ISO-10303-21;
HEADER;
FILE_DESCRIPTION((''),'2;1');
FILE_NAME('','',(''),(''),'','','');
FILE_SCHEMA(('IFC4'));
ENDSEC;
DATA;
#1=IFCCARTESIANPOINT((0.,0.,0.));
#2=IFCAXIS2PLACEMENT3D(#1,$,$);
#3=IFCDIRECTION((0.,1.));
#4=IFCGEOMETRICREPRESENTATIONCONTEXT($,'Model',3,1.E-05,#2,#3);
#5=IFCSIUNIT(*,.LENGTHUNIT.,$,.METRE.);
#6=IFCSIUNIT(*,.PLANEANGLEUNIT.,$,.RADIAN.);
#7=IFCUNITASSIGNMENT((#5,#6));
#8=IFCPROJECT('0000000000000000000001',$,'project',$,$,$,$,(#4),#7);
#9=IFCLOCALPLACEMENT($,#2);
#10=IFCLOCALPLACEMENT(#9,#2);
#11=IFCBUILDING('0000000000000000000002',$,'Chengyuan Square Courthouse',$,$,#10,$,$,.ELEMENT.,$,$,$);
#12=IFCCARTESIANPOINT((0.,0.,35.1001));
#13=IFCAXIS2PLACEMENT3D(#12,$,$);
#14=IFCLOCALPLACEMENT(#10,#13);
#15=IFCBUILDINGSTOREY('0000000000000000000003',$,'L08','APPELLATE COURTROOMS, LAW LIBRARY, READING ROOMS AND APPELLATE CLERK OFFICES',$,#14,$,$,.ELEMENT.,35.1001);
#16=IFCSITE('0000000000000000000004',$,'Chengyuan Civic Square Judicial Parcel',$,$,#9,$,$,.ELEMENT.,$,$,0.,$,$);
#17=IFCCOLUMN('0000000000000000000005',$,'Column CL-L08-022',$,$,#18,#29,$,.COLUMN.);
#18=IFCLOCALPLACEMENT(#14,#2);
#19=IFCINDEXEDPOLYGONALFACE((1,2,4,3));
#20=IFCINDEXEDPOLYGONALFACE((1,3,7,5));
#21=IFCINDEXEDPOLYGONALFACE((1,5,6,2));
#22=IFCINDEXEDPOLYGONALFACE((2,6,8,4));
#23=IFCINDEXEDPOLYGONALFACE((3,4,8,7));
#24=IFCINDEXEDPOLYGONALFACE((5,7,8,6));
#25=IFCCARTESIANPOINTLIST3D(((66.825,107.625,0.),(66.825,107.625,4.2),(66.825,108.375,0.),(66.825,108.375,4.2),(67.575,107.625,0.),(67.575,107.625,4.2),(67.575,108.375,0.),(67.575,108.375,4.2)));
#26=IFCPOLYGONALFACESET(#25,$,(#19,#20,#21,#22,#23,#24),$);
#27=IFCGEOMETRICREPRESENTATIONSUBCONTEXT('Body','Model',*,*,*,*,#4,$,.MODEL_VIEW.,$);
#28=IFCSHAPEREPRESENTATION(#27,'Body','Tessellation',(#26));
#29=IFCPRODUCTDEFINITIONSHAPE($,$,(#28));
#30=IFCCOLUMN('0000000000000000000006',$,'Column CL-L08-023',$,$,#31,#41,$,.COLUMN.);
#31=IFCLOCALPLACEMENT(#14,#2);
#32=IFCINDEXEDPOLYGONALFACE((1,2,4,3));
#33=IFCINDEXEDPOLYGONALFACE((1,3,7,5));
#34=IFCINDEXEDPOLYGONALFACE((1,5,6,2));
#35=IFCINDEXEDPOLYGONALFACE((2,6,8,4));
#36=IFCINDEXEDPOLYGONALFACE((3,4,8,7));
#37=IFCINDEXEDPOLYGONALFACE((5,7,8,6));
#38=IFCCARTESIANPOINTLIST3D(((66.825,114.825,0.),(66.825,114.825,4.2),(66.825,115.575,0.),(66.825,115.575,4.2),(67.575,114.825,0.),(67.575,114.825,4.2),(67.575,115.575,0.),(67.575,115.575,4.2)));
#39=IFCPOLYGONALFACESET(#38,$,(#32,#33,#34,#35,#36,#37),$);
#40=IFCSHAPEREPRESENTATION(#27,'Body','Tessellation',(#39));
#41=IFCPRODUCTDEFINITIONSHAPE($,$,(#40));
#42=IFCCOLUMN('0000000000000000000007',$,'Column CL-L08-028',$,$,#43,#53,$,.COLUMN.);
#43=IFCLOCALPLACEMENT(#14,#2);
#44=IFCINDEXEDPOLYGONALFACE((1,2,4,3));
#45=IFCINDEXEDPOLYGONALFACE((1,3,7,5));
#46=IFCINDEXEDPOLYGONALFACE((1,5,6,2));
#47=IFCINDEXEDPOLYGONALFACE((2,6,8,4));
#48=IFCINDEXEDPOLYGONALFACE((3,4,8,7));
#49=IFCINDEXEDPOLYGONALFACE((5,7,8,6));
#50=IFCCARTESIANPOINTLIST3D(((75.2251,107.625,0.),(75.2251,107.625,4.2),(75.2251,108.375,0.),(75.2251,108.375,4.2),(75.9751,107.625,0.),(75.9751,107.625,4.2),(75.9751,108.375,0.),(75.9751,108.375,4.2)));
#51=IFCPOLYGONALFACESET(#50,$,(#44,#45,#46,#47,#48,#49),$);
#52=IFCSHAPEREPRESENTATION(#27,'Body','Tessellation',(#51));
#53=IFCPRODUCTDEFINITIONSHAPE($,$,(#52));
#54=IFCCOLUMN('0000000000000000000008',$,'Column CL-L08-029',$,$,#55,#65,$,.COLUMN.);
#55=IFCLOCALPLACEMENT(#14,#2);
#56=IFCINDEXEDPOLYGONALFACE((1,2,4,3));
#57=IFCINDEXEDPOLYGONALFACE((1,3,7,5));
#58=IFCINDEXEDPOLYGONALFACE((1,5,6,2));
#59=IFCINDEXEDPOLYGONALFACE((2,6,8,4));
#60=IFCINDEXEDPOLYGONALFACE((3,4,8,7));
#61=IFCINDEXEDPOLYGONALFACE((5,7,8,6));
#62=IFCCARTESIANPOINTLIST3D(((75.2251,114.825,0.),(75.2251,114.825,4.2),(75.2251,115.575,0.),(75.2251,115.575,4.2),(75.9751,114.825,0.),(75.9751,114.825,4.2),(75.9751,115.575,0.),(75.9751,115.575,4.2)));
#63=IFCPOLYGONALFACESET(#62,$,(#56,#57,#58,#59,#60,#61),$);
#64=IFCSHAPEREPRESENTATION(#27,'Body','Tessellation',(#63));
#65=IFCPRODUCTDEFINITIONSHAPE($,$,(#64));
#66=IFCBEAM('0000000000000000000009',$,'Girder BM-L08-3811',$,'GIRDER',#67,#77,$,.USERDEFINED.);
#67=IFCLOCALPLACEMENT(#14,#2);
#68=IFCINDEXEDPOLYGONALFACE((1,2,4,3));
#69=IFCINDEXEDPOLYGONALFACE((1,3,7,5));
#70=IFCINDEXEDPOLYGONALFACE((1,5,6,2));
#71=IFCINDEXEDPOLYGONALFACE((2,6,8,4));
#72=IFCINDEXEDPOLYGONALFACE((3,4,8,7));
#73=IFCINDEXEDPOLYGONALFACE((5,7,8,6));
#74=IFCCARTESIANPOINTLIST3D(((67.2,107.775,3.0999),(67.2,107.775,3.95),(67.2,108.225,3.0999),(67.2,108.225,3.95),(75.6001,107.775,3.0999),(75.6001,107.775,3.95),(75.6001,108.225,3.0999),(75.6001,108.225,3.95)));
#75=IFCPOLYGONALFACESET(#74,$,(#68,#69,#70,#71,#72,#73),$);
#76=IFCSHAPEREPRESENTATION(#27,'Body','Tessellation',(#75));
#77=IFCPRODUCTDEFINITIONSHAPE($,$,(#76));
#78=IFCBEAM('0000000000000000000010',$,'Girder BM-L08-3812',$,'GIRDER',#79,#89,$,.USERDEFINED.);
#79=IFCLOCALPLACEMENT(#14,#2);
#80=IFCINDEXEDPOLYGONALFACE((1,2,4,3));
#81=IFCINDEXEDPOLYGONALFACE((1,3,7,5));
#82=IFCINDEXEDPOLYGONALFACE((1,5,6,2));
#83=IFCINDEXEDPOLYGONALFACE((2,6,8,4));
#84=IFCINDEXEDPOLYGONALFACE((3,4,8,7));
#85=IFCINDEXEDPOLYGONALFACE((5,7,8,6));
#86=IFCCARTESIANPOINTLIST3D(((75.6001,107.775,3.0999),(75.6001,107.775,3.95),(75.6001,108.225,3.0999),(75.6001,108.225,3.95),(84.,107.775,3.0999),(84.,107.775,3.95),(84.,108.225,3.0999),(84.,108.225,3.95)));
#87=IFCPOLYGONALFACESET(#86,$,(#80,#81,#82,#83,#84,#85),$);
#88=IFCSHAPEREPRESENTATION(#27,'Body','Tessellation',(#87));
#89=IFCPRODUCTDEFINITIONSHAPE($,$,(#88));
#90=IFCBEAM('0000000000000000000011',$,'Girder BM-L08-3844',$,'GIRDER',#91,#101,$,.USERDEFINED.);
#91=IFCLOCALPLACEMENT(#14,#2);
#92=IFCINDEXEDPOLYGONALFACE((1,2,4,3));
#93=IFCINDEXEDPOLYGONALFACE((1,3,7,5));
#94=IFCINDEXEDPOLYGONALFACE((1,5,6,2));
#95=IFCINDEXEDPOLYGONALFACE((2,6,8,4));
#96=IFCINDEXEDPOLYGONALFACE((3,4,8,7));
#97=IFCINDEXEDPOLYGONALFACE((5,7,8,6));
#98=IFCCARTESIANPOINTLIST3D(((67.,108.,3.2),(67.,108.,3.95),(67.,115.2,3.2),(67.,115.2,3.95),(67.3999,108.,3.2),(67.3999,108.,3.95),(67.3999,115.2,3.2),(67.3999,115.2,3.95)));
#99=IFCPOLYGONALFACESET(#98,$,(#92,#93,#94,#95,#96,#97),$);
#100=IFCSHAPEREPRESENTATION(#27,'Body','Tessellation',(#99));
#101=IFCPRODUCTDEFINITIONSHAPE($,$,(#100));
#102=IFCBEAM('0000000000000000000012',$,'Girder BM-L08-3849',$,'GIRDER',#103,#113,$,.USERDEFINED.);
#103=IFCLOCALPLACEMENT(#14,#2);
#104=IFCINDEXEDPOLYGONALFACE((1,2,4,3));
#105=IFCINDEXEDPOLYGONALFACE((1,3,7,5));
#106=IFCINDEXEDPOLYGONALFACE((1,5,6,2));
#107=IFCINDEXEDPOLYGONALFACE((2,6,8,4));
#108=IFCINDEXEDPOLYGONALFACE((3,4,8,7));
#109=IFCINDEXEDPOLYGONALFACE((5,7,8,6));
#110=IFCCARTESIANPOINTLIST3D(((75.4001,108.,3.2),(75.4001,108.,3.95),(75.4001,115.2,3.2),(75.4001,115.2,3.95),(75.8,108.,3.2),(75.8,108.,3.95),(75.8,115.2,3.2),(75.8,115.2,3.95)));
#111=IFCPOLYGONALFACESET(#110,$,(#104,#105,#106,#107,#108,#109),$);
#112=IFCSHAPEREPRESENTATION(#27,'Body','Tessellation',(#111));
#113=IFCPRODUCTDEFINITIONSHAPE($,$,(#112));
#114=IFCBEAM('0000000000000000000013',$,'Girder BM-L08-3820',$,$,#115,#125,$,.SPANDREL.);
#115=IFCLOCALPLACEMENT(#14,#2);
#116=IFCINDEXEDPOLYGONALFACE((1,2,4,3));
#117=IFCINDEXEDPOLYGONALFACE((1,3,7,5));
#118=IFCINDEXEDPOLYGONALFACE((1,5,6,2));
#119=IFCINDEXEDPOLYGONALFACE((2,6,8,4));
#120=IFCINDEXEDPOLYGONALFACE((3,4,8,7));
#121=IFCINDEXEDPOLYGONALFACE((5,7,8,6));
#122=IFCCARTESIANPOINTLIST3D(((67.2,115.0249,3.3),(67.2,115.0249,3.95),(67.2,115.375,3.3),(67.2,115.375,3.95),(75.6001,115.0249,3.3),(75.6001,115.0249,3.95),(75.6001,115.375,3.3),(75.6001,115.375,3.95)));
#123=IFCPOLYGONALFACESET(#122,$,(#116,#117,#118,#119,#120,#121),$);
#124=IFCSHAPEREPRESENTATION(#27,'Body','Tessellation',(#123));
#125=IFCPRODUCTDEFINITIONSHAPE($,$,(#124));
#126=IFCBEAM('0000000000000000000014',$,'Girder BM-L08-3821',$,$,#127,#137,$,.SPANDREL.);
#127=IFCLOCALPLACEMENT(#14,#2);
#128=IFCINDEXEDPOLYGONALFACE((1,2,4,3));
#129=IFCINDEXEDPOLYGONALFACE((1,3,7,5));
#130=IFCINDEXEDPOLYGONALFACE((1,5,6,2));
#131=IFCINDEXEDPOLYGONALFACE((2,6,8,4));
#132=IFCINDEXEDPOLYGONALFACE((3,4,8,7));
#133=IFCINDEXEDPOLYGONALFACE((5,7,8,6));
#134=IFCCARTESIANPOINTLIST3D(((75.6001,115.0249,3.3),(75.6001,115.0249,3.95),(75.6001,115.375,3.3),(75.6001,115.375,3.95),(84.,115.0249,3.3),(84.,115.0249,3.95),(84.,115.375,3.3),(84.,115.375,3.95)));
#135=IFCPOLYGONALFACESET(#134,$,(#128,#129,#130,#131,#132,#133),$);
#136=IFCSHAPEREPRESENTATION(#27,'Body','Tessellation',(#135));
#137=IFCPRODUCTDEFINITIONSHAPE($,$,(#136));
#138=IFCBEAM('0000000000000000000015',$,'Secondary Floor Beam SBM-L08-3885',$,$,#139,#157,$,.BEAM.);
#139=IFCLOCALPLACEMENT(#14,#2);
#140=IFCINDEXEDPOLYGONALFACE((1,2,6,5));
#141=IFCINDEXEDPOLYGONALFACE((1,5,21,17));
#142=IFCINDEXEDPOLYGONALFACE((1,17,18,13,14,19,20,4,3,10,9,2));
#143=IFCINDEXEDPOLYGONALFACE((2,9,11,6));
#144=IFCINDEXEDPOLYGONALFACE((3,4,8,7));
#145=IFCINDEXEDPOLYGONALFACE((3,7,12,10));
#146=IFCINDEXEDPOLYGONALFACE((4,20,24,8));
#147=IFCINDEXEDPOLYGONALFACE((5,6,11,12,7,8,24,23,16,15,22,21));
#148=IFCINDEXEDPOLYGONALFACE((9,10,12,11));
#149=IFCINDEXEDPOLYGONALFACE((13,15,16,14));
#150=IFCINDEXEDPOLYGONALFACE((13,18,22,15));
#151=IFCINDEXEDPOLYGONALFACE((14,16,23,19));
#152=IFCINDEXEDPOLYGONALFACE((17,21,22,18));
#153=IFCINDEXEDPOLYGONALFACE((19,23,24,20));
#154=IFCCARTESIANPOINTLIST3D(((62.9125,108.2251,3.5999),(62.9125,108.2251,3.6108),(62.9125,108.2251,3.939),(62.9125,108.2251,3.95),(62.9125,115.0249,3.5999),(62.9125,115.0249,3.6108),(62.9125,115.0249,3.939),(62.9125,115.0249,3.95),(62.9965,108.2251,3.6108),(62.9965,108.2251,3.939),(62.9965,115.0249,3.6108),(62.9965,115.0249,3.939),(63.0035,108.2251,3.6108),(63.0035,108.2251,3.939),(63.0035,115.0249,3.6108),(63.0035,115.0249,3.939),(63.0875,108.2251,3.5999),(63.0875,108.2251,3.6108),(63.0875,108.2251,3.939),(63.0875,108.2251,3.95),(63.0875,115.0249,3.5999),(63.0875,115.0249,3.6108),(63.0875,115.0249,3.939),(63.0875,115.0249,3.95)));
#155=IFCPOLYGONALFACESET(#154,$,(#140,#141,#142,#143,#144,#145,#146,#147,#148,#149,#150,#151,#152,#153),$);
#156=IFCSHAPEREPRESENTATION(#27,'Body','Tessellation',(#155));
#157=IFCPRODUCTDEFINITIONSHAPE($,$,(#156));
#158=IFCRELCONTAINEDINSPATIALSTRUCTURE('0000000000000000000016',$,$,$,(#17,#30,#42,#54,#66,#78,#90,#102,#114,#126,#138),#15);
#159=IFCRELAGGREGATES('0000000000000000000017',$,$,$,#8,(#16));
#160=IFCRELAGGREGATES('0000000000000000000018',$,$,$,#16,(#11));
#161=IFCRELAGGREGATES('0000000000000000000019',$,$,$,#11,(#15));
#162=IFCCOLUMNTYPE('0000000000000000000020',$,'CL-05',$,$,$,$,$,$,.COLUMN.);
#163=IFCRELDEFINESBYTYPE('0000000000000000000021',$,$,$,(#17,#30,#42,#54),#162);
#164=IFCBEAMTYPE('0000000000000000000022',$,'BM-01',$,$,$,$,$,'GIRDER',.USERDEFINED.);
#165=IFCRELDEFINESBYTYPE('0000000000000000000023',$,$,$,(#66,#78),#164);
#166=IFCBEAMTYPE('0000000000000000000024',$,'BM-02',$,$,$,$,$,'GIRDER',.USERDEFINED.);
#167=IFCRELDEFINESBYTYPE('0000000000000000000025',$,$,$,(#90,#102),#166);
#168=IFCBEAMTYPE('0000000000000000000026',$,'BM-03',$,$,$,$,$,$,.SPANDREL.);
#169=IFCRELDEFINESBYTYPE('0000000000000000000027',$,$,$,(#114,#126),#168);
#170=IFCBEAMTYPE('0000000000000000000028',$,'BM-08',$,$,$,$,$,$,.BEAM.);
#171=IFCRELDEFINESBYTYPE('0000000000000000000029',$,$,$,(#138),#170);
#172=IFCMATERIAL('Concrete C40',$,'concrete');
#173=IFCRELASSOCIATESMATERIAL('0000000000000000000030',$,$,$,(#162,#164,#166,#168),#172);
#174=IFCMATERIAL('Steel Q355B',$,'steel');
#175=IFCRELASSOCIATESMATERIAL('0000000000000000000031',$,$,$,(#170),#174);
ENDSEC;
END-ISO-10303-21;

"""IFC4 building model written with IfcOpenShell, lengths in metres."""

from ifc_helpers import new_model, si_unit, direction, frame, origin, origin_2d, place, context, subcontext, project, spatial, rectangle, i_section, extrude, material, material_profile, profile_set, type_object, element, save


model = new_model("IFC4")

# Units and contexts
model_context = context("Model", 3, precision=1e-05, world=origin(), true_north=direction((0.0, 1.0)))
body_context = subcontext(model_context, "Body", "Model", "MODEL_VIEW")
ifc_project = project(units=[si_unit("LENGTHUNIT", "METRE"), si_unit("PLANEANGLEUNIT", "RADIAN")], contexts=[model_context])

# Site, building, storey
site_placement = place(None, origin())
site = spatial("IfcSite", under=ifc_project, at=site_placement, Name="Chengyuan Civic Square Judicial Parcel", CompositionType="ELEMENT", RefElevation=0.0)
building_placement = place(site_placement, origin())
building = spatial("IfcBuilding", under=site, at=building_placement, Name="Chengyuan Square Courthouse", CompositionType="ELEMENT")
storey_placement = place(building_placement, frame((0.0, 0.0, 35.1001)))
storey = spatial("IfcBuildingStorey", under=building, at=storey_placement, Name="L08", Description="APPELLATE COURTROOMS, LAW LIBRARY, READING ROOMS AND APPELLATE CLERK OFFICES", CompositionType="ELEMENT", Elevation=35.1001)

# Columns
ifc_material_1 = material(Name="Concrete C40", Category="concrete")
ifc_material_profile_1 = material_profile(ifc_material_1, rectangle(XDim=0.75, YDim=0.75, at=origin_2d()), Name="RC-COL-750x750")
ifc_profile_set_1 = profile_set([ifc_material_profile_1], Name="Concrete C40")
column_type = type_object("IfcColumnType", Name="CL-05", PredefinedType="COLUMN", material=ifc_profile_set_1)
for number, where, z_axis, x_axis, name in (
    (1, (67.2, 108.0, 0.0), (0.0, 0.0, 1.0), (1.0, 0.0, 0.0), "Column CL-L08-022"),
    (2, (67.2, 115.2, 0.0), (0.0, 0.0, 1.0), (1.0, 0.0, 0.0), "Column CL-L08-023"),
    (3, (75.6001, 108.0, 0.0), (0.0, 0.0, 1.0), (1.0, 0.0, 0.0), "Column CL-L08-028"),
    (4, (75.6001, 115.2, 0.0), (0.0, 0.0, 1.0), (1.0, 0.0, 0.0), "Column CL-L08-029"),
):
    element("IfcColumn", number, at=place(storey_placement, frame(where, z_axis=z_axis, x_axis=x_axis)), inside=storey, type_object=column_type, Name=name, PredefinedType="COLUMN", context=body_context, shape_type="SweptSolid", body=[
        extrude(rectangle(XDim=0.75, YDim=0.75, at=origin_2d()), origin(), (0.0, 0.0, 1.0), 4.2),
    ])

# Beams
ifc_material_profile_2 = material_profile(ifc_material_1, rectangle(XDim=0.45, YDim=0.8501, at=origin_2d()), Name="RC-BM-450x850")
ifc_profile_set_2 = profile_set([ifc_material_profile_2], Name="Concrete C40")
beam_type_1 = type_object("IfcBeamType", Name="BM-01", ElementType="GIRDER", PredefinedType="USERDEFINED", material=ifc_profile_set_2)
beam_1_placement = place(storey_placement, frame((67.2, 108.0, 3.5249), z_axis=(1.0, 0.0, 0.0), x_axis=(0.0, 1.0, 0.0)))
element("IfcBeam", 5, at=beam_1_placement, inside=storey, type_object=beam_type_1, Name="Girder BM-L08-3811", ObjectType="GIRDER", PredefinedType="USERDEFINED", context=body_context, shape_type="SweptSolid", body=[
    extrude(rectangle(XDim=0.45, YDim=0.8501, at=origin_2d()), origin(), (0.0, 0.0, 1.0), 8.4001),
])
beam_2_placement = place(storey_placement, frame((75.6001, 108.0, 3.5249), z_axis=(1.0, 0.0, 0.0), x_axis=(0.0, 1.0, 0.0)))
element("IfcBeam", 6, at=beam_2_placement, inside=storey, type_object=beam_type_1, Name="Girder BM-L08-3812", ObjectType="GIRDER", PredefinedType="USERDEFINED", context=body_context, shape_type="SweptSolid", body=[
    extrude(rectangle(XDim=0.45, YDim=0.8501, at=origin_2d()), origin(), (0.0, 0.0, 1.0), 8.3999),
])
ifc_material_profile_3 = material_profile(ifc_material_1, rectangle(XDim=0.3999, YDim=0.75, at=origin_2d()), Name="RC-BM-400x750")
ifc_profile_set_3 = profile_set([ifc_material_profile_3], Name="Concrete C40")
beam_type_2 = type_object("IfcBeamType", Name="BM-02", ElementType="GIRDER", PredefinedType="USERDEFINED", material=ifc_profile_set_3)
for number, where, z_axis, x_axis, name in (
    (7, (67.2, 108.0, 3.575), (0.0, 1.0, 0.0), (-1.0, 0.0, 0.0), "Girder BM-L08-3844"),
    (8, (75.6001, 108.0, 3.575), (0.0, 1.0, 0.0), (-1.0, 0.0, 0.0), "Girder BM-L08-3849"),
):
    element("IfcBeam", number, at=place(storey_placement, frame(where, z_axis=z_axis, x_axis=x_axis)), inside=storey, type_object=beam_type_2, Name=name, ObjectType="GIRDER", PredefinedType="USERDEFINED", context=body_context, shape_type="SweptSolid", body=[
        extrude(rectangle(XDim=0.3999, YDim=0.75, at=origin_2d()), origin(), (0.0, 0.0, 1.0), 7.2),
    ])
ifc_material_profile_4 = material_profile(ifc_material_1, rectangle(XDim=0.3501, YDim=0.6499, at=origin_2d()), Name="RC-BM-350x650")
ifc_profile_set_4 = profile_set([ifc_material_profile_4], Name="Concrete C40")
beam_type_3 = type_object("IfcBeamType", Name="BM-03", PredefinedType="SPANDREL", material=ifc_profile_set_4)
beam_3_placement = place(storey_placement, frame((67.2, 115.2, 3.625), z_axis=(1.0, 0.0, 0.0), x_axis=(0.0, 1.0, 0.0)))
element("IfcBeam", 9, at=beam_3_placement, inside=storey, type_object=beam_type_3, Name="Girder BM-L08-3820", PredefinedType="SPANDREL", context=body_context, shape_type="SweptSolid", body=[
    extrude(rectangle(XDim=0.3501, YDim=0.6499, at=origin_2d()), origin(), (0.0, 0.0, 1.0), 8.4001),
])
beam_4_placement = place(storey_placement, frame((75.6001, 115.2, 3.625), z_axis=(1.0, 0.0, 0.0), x_axis=(0.0, 1.0, 0.0)))
element("IfcBeam", 10, at=beam_4_placement, inside=storey, type_object=beam_type_3, Name="Girder BM-L08-3821", PredefinedType="SPANDREL", context=body_context, shape_type="SweptSolid", body=[
    extrude(rectangle(XDim=0.3501, YDim=0.6499, at=origin_2d()), origin(), (0.0, 0.0, 1.0), 8.3999),
])
ifc_material_2 = material(Name="Steel Q355B", Category="steel")
ifc_material_profile_5 = material_profile(ifc_material_2, i_section(OverallWidth=0.175, OverallDepth=0.3501, WebThickness=0.0071, FlangeThickness=0.011, at=origin_2d()), Name="HN 350x175x7x11")
ifc_profile_set_5 = profile_set([ifc_material_profile_5], Name="Steel Q355B")
beam_type_4 = type_object("IfcBeamType", Name="BM-08", PredefinedType="BEAM", material=ifc_profile_set_5)
beam_5_placement = place(storey_placement, frame((63.0, 108.2251, 3.7749), z_axis=(0.0, 1.0, 0.0), x_axis=(-1.0, 0.0, 0.0)))
element("IfcBeam", 11, at=beam_5_placement, inside=storey, type_object=beam_type_4, Name="Secondary Floor Beam SBM-L08-3885", PredefinedType="BEAM", context=body_context, shape_type="SweptSolid", body=[
    extrude(i_section(OverallWidth=0.175, OverallDepth=0.3501, WebThickness=0.0071, FlangeThickness=0.011, at=origin_2d()), origin(), (0.0, 0.0, 1.0), 6.7998),
])

save(model, "model.ifc")
